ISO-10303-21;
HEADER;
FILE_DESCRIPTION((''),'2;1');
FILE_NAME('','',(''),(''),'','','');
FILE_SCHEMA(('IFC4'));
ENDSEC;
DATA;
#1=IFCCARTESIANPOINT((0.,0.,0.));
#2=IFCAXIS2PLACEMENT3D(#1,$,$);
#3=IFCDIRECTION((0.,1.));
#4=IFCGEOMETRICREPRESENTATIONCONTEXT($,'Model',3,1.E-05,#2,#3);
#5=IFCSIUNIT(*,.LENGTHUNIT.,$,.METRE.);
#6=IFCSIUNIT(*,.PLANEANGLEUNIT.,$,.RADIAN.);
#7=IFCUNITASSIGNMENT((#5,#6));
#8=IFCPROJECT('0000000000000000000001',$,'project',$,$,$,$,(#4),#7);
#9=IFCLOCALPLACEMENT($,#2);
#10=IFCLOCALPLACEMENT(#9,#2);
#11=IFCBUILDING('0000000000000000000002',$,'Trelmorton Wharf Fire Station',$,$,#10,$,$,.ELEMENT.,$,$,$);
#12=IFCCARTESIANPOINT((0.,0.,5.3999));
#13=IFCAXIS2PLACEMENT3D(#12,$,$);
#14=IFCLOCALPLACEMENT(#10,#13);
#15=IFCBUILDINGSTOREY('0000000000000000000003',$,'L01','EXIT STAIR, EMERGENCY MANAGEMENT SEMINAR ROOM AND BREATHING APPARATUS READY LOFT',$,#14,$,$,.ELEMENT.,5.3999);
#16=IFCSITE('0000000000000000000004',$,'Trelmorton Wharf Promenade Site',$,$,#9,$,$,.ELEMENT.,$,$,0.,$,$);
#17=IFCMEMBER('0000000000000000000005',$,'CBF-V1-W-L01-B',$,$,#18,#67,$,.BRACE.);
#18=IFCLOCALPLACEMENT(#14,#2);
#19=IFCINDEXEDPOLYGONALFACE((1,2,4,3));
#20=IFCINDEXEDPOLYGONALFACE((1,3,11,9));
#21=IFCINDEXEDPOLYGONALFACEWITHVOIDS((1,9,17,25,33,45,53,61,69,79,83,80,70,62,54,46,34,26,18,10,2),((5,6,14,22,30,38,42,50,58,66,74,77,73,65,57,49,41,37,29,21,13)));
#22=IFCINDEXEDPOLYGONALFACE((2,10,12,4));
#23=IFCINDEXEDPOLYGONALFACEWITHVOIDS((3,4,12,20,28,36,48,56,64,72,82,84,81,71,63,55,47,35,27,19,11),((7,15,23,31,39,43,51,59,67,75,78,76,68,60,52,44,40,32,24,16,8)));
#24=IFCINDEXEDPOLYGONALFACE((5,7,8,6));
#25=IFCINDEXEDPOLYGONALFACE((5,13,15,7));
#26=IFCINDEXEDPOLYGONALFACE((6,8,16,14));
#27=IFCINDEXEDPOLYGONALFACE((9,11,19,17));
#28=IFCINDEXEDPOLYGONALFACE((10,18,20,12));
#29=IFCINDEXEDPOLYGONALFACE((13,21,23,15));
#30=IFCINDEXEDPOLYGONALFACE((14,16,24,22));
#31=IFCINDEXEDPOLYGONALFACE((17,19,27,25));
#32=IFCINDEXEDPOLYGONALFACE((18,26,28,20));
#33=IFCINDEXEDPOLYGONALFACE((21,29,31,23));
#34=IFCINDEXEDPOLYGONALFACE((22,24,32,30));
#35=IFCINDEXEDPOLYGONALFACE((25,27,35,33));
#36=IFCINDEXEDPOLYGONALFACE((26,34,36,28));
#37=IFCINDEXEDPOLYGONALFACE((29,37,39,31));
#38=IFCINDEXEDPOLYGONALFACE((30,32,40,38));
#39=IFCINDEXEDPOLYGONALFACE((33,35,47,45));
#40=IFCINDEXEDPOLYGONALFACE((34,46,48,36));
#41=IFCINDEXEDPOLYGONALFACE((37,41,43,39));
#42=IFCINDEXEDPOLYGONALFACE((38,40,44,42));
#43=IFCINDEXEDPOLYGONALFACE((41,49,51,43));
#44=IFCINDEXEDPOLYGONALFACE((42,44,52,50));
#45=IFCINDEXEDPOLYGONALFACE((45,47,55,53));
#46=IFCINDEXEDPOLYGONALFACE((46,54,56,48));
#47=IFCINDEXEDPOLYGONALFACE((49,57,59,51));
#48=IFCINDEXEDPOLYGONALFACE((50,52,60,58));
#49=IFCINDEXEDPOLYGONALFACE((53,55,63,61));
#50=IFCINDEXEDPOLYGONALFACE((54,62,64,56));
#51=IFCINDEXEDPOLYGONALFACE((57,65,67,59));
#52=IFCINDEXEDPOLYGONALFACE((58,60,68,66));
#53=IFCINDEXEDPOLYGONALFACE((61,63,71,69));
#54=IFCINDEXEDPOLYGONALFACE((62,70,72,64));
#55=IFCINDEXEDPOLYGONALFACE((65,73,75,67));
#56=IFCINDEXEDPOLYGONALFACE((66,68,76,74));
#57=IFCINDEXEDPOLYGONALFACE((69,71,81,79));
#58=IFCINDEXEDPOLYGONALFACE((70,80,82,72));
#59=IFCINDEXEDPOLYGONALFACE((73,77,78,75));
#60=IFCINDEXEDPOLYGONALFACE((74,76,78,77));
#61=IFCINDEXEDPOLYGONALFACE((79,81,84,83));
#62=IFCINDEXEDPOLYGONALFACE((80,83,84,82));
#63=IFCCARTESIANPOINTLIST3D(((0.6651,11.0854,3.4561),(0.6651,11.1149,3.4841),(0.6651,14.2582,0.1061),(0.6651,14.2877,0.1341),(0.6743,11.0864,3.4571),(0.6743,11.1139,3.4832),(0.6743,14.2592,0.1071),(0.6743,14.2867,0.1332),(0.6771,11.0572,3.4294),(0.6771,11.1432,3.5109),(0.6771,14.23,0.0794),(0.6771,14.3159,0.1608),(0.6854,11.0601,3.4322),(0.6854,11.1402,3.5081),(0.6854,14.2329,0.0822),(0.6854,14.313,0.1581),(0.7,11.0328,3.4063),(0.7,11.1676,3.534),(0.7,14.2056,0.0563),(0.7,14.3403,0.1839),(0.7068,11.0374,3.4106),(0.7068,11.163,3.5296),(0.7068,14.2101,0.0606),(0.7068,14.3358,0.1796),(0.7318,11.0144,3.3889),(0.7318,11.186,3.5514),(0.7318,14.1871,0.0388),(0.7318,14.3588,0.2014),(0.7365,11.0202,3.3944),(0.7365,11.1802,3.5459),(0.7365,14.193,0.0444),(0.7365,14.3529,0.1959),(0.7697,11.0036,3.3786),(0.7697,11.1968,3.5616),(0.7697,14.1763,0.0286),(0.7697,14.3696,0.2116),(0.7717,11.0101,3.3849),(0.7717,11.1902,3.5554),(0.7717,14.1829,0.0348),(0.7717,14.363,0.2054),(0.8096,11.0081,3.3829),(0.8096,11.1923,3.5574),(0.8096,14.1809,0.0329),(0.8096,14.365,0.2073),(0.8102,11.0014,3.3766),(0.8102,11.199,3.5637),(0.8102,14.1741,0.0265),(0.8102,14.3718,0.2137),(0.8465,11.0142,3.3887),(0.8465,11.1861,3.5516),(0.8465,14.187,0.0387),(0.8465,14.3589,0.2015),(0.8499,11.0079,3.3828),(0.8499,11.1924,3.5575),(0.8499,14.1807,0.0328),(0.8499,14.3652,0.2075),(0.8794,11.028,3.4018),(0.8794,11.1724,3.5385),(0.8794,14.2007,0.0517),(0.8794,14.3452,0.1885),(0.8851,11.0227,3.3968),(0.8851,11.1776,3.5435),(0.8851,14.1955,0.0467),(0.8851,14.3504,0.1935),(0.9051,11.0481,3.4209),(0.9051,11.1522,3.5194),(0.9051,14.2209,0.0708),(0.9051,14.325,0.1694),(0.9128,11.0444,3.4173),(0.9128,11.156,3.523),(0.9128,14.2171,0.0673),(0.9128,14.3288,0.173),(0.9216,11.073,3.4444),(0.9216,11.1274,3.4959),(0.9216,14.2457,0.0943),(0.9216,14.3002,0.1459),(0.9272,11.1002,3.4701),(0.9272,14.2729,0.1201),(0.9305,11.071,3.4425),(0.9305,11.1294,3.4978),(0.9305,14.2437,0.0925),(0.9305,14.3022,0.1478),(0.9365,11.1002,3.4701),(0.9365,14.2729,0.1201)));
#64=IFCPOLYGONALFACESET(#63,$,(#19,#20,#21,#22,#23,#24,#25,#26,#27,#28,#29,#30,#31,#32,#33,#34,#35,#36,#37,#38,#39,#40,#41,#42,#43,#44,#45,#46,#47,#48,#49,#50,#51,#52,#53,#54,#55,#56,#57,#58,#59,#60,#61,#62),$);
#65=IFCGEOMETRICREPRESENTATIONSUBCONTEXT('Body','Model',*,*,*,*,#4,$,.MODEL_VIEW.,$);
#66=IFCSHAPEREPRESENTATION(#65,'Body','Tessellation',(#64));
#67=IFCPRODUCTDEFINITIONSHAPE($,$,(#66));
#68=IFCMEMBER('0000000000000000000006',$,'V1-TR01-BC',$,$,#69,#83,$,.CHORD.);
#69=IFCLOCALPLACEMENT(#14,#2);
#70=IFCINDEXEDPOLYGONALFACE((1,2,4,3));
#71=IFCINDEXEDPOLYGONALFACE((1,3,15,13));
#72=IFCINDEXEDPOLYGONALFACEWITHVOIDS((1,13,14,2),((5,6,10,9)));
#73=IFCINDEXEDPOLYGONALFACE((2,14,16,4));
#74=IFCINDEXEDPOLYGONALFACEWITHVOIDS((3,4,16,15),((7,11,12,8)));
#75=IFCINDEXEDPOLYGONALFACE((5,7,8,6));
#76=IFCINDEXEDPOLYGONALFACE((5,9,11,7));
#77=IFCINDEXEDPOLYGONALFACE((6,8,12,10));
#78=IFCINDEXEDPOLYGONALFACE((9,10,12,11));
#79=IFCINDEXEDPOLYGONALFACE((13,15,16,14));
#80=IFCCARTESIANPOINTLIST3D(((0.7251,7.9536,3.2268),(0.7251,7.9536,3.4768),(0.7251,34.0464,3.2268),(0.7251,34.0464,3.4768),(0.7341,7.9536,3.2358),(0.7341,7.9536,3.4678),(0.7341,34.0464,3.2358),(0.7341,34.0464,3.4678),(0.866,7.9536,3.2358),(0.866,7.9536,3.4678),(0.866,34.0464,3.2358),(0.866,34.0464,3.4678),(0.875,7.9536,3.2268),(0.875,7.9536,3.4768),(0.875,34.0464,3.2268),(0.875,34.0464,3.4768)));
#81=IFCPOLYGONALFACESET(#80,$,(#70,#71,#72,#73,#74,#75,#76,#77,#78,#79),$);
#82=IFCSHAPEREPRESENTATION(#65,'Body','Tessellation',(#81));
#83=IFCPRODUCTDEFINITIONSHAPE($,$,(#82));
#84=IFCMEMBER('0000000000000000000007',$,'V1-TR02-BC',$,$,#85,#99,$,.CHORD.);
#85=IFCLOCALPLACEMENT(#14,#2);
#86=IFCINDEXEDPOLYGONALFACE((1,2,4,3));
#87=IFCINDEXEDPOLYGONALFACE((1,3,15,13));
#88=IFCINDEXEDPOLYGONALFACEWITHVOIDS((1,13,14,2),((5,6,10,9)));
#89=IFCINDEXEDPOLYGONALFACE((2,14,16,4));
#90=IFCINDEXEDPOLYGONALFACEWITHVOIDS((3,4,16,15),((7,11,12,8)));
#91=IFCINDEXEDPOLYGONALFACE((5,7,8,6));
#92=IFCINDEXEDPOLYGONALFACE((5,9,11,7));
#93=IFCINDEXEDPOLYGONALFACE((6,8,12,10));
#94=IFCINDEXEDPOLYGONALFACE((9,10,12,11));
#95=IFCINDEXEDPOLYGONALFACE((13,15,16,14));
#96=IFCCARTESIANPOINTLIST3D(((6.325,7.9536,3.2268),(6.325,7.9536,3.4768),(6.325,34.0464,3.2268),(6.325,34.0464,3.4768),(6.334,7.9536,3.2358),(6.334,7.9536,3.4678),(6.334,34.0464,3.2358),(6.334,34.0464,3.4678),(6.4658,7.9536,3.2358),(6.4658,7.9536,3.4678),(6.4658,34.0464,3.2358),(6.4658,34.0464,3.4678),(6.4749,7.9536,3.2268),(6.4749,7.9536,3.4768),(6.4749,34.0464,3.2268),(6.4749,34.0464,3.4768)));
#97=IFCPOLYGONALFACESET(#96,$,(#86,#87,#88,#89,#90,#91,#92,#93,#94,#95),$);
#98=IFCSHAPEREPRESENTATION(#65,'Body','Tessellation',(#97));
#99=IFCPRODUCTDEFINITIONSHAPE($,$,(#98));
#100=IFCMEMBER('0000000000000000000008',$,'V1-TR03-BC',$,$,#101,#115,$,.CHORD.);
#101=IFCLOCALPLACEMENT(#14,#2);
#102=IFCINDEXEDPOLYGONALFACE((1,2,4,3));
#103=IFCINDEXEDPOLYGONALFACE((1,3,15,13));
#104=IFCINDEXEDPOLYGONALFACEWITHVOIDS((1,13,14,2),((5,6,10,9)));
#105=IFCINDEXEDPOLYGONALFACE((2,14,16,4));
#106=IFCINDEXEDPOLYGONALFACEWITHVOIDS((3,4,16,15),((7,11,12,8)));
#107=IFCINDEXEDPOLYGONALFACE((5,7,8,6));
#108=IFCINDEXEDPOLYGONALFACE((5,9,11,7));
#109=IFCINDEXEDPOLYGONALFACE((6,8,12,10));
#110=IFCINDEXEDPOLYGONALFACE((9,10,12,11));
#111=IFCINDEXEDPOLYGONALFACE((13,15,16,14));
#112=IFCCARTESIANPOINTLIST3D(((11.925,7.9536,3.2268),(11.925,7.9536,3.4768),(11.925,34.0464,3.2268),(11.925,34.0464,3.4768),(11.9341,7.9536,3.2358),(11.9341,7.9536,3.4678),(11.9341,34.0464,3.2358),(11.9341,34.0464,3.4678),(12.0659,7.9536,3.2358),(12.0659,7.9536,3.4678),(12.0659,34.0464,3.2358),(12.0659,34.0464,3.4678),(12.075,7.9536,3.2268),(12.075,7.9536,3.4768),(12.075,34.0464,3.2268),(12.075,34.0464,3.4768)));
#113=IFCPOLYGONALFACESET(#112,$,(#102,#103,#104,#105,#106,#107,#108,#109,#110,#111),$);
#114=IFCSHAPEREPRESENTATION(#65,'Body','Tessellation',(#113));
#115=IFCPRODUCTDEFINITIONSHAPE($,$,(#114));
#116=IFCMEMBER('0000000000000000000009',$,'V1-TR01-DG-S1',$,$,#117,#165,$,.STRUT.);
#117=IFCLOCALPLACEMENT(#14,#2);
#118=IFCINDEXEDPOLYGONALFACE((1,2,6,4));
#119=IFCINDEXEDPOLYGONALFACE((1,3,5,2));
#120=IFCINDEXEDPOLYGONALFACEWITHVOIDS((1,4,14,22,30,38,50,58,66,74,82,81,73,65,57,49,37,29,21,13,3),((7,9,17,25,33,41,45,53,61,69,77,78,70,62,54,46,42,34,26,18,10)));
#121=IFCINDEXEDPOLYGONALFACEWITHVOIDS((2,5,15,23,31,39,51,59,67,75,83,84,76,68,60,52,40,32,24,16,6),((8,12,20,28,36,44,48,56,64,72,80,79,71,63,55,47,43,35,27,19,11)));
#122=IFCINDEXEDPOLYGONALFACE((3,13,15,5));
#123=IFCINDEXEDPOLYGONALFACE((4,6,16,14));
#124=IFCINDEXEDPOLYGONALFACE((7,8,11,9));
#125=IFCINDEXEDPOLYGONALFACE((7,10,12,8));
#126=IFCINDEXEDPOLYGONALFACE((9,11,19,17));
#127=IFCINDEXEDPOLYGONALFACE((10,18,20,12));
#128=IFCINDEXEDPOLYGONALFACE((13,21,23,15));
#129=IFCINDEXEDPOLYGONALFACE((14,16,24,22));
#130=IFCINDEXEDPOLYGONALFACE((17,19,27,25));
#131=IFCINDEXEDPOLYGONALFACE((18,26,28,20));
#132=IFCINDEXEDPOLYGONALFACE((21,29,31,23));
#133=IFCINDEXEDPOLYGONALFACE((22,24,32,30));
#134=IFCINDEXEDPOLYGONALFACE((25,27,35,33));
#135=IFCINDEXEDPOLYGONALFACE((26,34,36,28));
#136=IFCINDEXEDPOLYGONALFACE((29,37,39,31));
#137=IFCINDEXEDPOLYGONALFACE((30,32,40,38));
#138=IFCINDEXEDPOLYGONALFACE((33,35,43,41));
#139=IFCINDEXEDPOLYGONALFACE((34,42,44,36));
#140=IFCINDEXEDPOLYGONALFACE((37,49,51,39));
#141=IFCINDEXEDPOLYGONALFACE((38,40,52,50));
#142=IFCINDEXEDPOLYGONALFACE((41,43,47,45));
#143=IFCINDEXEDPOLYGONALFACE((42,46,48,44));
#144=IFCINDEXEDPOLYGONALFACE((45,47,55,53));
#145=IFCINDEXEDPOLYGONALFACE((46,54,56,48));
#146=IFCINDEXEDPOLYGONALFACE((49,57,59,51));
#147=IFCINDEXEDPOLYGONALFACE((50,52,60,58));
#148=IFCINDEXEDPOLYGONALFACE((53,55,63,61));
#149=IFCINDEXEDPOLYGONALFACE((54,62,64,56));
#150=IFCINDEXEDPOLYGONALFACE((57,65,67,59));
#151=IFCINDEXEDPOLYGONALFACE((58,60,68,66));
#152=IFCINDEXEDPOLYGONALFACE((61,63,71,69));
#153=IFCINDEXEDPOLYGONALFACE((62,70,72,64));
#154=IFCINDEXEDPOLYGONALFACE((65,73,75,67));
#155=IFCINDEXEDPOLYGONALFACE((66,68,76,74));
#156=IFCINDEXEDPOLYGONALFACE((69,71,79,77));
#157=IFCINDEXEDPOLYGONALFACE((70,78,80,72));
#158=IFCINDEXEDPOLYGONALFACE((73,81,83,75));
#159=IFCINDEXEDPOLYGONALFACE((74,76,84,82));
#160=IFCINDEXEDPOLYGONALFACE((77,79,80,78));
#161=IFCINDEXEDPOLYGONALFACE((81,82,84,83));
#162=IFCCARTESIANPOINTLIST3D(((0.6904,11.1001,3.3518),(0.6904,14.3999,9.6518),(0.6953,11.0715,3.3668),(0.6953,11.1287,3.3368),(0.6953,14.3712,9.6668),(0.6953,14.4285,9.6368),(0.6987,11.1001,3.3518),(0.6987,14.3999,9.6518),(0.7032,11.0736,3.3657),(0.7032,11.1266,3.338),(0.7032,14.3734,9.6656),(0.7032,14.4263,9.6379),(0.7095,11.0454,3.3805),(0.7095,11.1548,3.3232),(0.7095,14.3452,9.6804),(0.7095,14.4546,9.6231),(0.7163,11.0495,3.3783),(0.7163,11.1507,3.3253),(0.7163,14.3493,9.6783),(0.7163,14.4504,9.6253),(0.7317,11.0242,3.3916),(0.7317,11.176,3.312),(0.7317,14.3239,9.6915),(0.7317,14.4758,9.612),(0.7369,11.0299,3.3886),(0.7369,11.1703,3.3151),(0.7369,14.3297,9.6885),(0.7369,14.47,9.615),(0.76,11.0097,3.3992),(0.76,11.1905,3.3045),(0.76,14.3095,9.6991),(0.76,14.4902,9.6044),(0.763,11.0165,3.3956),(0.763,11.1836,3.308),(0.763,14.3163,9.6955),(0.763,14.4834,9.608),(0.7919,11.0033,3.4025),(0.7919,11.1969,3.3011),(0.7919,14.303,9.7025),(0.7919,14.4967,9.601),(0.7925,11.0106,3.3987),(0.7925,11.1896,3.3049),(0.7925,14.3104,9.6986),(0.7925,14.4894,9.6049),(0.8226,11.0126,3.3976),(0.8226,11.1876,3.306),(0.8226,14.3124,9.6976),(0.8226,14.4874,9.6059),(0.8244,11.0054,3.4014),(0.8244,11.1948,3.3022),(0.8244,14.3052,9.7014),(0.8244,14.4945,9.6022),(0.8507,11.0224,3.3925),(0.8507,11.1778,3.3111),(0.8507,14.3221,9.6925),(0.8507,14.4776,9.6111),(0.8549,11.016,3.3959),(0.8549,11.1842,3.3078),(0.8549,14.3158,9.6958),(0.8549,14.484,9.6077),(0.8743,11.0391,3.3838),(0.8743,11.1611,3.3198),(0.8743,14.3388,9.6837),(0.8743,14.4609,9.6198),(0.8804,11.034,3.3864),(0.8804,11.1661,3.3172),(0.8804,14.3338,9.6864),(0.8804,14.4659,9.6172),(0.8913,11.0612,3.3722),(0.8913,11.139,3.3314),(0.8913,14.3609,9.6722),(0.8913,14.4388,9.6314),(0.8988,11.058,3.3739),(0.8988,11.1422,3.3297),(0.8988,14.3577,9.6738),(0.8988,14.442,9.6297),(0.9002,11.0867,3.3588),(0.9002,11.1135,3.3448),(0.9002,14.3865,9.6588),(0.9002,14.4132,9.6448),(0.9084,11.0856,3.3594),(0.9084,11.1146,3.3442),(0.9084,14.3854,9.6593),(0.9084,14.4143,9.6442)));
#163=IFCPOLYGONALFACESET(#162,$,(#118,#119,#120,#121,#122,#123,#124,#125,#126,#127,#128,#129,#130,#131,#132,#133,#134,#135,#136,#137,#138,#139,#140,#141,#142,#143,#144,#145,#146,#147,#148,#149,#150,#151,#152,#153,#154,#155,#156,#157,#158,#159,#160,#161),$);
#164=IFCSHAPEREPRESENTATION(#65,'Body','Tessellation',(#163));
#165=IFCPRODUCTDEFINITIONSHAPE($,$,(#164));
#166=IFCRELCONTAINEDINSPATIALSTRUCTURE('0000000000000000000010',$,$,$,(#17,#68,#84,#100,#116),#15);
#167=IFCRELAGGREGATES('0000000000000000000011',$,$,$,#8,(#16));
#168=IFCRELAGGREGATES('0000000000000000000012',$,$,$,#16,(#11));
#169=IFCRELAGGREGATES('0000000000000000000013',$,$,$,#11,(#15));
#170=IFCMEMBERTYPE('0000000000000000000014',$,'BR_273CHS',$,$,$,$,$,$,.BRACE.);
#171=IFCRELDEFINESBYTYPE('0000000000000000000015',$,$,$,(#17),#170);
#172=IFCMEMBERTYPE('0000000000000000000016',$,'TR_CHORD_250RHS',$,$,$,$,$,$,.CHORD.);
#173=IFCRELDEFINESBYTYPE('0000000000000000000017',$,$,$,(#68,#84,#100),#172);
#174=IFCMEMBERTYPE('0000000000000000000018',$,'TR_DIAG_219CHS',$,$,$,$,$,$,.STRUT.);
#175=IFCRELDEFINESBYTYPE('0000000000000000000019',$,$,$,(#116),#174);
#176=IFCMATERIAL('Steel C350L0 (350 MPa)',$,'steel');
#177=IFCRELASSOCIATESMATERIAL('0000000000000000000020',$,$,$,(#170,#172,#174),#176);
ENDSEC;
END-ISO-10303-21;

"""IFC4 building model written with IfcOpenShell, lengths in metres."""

from ifc_helpers import new_model, si_unit, direction, frame, origin, origin_2d, place, context, subcontext, project, spatial, hollow_rectangle, hollow_circle, extrude, material, material_profile, profile_set, type_object, element, save


model = new_model("IFC4")

# Units and contexts
model_context = context("Model", 3, precision=1e-05, world=origin(), true_north=direction((0.0, 1.0)))
body_context = subcontext(model_context, "Body", "Model", "MODEL_VIEW")
ifc_project = project(units=[si_unit("LENGTHUNIT", "METRE"), si_unit("PLANEANGLEUNIT", "RADIAN")], contexts=[model_context])

# Site, building, storey
site_placement = place(None, origin())
site = spatial("IfcSite", under=ifc_project, at=site_placement, Name="Trelmorton Wharf Promenade Site", CompositionType="ELEMENT", RefElevation=0.0)
building_placement = place(site_placement, origin())
building = spatial("IfcBuilding", under=site, at=building_placement, Name="Trelmorton Wharf Fire Station", CompositionType="ELEMENT")
storey_placement = place(building_placement, frame((0.0, 0.0, 5.3999)))
storey = spatial("IfcBuildingStorey", under=building, at=storey_placement, Name="L01", Description="EXIT STAIR, EMERGENCY MANAGEMENT SEMINAR ROOM AND BREATHING APPARATUS READY LOFT", CompositionType="ELEMENT", Elevation=5.3999)

# Members
ifc_material_1 = material(Name="Steel C350L0 (350 MPa)", Category="steel")
ifc_material_profile_1 = material_profile(ifc_material_1, hollow_circle(Radius=0.1365, WallThickness=0.0093, at=origin_2d()), Name="273.1x9.3CHS")
ifc_profile_set_1 = profile_set([ifc_material_profile_1], Name="Steel C350L0 (350 MPa)")
member_type_1 = type_object("IfcMemberType", Name="BR_273CHS", PredefinedType="BRACE", material=ifc_profile_set_1)
member_1_placement = place(storey_placement, frame((0.8, 14.2729, 0.1201), z_axis=(0.0, -0.687639, 0.726053), x_axis=(1.0, 0.0, 0.0)))
element("IfcMember", 1, at=member_1_placement, inside=storey, type_object=member_type_1, Name="CBF-V1-W-L01-B", PredefinedType="BRACE", context=body_context, shape_type="SweptSolid", body=[
    extrude(hollow_circle(Radius=0.1365, WallThickness=0.0093, at=origin_2d()), origin(), (0.0, 0.0, 1.0), 4.614),
])
ifc_material_profile_2 = material_profile(ifc_material_1, hollow_rectangle(XDim=0.1499, YDim=0.25, WallThickness=0.009, at=origin_2d()), Name="250x150x9.0RHS")
ifc_profile_set_2 = profile_set([ifc_material_profile_2], Name="Steel C350L0 (350 MPa)")
member_type_2 = type_object("IfcMemberType", Name="TR_CHORD_250RHS", PredefinedType="CHORD", material=ifc_profile_set_2)
for number, where, z_axis, x_axis, name in (
    (2, (0.8, 7.9536, 3.3518), (0.0, 1.0, 0.0), (-1.0, 0.0, 0.0), "V1-TR01-BC"),
    (3, (6.3999, 7.9536, 3.3518), (0.0, 1.0, 0.0), (-1.0, 0.0, 0.0), "V1-TR02-BC"),
    (4, (12.0, 7.9536, 3.3518), (0.0, 1.0, 0.0), (-1.0, 0.0, 0.0), "V1-TR03-BC"),
):
    element("IfcMember", number, at=place(storey_placement, frame(where, z_axis=z_axis, x_axis=x_axis)), inside=storey, type_object=member_type_2, Name=name, PredefinedType="CHORD", context=body_context, shape_type="SweptSolid", body=[
        extrude(hollow_rectangle(XDim=0.1499, YDim=0.25, WallThickness=0.009, at=origin_2d()), origin(), (0.0, 0.0, 1.0), 26.0928),
    ])
ifc_material_profile_3 = material_profile(ifc_material_1, hollow_circle(Radius=0.1096, WallThickness=0.0083, at=origin_2d()), Name="219.1x8.2CHS")
ifc_profile_set_3 = profile_set([ifc_material_profile_3], Name="Steel C350L0 (350 MPa)")
member_type_3 = type_object("IfcMemberType", Name="TR_DIAG_219CHS", PredefinedType="STRUT", material=ifc_profile_set_3)
for number, where, z_axis, x_axis, name in (
    (5, (0.8, 11.1001, 3.3518), (0.0, 0.463983, 0.885844), (-1.0, 0.0, 0.0), "V1-TR01-DG-S1"),
):
    element("IfcMember", number, at=place(storey_placement, frame(where, z_axis=z_axis, x_axis=x_axis)), inside=storey, type_object=member_type_3, Name=name, PredefinedType="STRUT", context=body_context, shape_type="SweptSolid", body=[
        extrude(hollow_circle(Radius=0.1096, WallThickness=0.0083, at=origin_2d()), origin(), (0.0, 0.0, 1.0), 7.1118),
    ])

save(model, "model.ifc")
